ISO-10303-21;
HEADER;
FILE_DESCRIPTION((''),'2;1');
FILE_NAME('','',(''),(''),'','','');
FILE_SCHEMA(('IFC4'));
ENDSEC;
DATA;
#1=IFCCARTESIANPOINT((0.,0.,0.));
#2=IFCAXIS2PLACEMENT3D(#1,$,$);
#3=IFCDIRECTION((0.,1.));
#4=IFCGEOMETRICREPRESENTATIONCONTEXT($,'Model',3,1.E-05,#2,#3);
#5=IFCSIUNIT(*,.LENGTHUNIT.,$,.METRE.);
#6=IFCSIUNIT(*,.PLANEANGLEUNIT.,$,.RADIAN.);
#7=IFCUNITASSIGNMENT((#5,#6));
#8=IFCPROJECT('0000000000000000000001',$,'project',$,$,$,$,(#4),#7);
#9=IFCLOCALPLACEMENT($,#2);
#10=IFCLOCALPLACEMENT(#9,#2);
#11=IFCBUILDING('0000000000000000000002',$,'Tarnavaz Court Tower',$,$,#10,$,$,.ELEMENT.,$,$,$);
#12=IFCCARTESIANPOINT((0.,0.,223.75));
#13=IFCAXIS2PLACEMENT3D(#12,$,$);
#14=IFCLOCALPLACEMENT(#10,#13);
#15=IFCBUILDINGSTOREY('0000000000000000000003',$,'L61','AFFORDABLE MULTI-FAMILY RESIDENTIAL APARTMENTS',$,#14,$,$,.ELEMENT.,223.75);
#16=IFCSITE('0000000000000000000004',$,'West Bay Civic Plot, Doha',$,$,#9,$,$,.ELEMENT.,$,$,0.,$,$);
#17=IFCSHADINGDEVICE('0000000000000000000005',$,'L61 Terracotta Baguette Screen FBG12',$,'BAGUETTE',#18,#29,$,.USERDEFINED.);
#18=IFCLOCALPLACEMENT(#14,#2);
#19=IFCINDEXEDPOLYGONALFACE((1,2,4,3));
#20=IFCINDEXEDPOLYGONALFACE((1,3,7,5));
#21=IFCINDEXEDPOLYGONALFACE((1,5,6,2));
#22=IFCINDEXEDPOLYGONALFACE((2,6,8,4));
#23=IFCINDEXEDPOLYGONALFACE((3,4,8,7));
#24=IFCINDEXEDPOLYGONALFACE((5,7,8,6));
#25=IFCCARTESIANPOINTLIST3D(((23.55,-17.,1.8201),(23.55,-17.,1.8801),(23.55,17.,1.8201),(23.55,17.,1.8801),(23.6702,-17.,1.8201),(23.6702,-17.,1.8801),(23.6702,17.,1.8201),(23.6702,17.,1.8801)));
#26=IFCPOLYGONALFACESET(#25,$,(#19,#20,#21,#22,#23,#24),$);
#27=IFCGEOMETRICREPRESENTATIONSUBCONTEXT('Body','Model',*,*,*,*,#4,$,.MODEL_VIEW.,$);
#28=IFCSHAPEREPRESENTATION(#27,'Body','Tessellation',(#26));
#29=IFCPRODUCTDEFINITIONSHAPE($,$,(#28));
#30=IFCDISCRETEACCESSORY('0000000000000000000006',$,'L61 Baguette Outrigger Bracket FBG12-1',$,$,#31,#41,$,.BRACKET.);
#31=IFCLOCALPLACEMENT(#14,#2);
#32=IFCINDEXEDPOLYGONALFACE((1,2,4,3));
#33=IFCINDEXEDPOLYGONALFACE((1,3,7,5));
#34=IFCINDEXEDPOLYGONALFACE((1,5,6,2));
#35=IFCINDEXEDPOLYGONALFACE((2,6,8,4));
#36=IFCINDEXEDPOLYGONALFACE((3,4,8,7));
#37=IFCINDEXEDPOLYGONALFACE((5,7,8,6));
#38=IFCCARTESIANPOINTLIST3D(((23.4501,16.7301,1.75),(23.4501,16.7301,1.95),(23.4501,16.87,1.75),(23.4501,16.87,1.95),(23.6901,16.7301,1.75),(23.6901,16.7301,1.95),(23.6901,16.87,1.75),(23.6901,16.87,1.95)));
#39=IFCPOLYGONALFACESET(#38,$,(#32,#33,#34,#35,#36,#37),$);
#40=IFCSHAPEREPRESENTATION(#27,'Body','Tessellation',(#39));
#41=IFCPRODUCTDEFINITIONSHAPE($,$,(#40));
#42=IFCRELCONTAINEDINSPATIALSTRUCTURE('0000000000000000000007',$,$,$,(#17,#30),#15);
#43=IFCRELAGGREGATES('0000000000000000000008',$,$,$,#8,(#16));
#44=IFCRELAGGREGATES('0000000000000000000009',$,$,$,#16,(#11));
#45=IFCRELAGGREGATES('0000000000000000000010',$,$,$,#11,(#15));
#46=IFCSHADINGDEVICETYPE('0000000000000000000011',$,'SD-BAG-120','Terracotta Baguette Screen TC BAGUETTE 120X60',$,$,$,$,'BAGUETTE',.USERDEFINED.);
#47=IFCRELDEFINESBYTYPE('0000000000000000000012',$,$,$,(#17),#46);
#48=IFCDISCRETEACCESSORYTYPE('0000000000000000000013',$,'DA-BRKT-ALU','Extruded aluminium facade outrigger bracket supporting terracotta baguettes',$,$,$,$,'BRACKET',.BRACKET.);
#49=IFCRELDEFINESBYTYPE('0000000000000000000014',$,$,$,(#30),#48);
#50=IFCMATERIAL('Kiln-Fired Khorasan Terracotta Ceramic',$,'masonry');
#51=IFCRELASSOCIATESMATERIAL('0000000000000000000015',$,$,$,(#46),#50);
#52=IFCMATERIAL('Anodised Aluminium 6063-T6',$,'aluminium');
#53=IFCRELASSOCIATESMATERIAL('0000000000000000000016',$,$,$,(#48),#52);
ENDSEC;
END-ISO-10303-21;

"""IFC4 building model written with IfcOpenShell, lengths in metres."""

from ifc_helpers import new_model, si_unit, direction, frame, origin, origin_2d, place, context, subcontext, project, spatial, rectangle, extrude, material, material_profile, profile_set, type_object, element, save


model = new_model("IFC4")

# Units and contexts
model_context = context("Model", 3, precision=1e-05, world=origin(), true_north=direction((0.0, 1.0)))
body_context = subcontext(model_context, "Body", "Model", "MODEL_VIEW")
ifc_project = project(units=[si_unit("LENGTHUNIT", "METRE"), si_unit("PLANEANGLEUNIT", "RADIAN")], contexts=[model_context])

# Site, building, storey
site_placement = place(None, origin())
site = spatial("IfcSite", under=ifc_project, at=site_placement, Name="West Bay Civic Plot, Doha", CompositionType="ELEMENT", RefElevation=0.0)
building_placement = place(site_placement, origin())
building = spatial("IfcBuilding", under=site, at=building_placement, Name="Tarnavaz Court Tower", CompositionType="ELEMENT")
storey_placement = place(building_placement, frame((0.0, 0.0, 223.75)))
storey = spatial("IfcBuildingStorey", under=building, at=storey_placement, Name="L61", Description="AFFORDABLE MULTI-FAMILY RESIDENTIAL APARTMENTS", CompositionType="ELEMENT", Elevation=223.75)

# Shading device
ifc_material_1 = material(Name="Kiln-Fired Khorasan Terracotta Ceramic", Category="masonry")
ifc_material_profile_1 = material_profile(ifc_material_1, rectangle(XDim=0.1201, YDim=0.0601, at=origin_2d()), Name="TC BAGUETTE 120X60")
ifc_profile_set_1 = profile_set([ifc_material_profile_1], Name="Kiln-Fired Khorasan Terracotta Ceramic")
shading_device_type = type_object("IfcShadingDeviceType", Name="SD-BAG-120", Description="Terracotta Baguette Screen TC BAGUETTE 120X60", ElementType="BAGUETTE", PredefinedType="USERDEFINED", material=ifc_profile_set_1)
shading_device_placement = place(storey_placement, frame((23.6101, 17.0, 1.8501), z_axis=(0.0, -1.0, 0.0), x_axis=(1.0, 0.0, 0.0)))
element("IfcShadingDevice", 1, at=shading_device_placement, inside=storey, type_object=shading_device_type, Name="L61 Terracotta Baguette Screen FBG12", ObjectType="BAGUETTE", PredefinedType="USERDEFINED", context=body_context, shape_type="SweptSolid", body=[
    extrude(rectangle(XDim=0.1201, YDim=0.0601, at=origin_2d()), origin(), (0.0, 0.0, 1.0), 34.0),
])

# Discrete accessory
ifc_material_2 = material(Name="Anodised Aluminium 6063-T6", Category="aluminium")
discrete_accessory_type = type_object("IfcDiscreteAccessoryType", Name="DA-BRKT-ALU", Description="Extruded aluminium facade outrigger bracket supporting terracotta baguettes", ElementType="BRACKET", PredefinedType="BRACKET", material=ifc_material_2)
discrete_accessory_placement = place(storey_placement, frame((23.5701, 16.8, 1.75), z_axis=(0.0, 0.0, 1.0), x_axis=(0.0, -1.0, 0.0)))
element("IfcDiscreteAccessory", 2, at=discrete_accessory_placement, inside=storey, type_object=discrete_accessory_type, Name="L61 Baguette Outrigger Bracket FBG12-1", PredefinedType="BRACKET", context=body_context, shape_type="SweptSolid", body=[
    extrude(rectangle(XDim=0.1399, YDim=0.24, at=origin_2d()), origin(), (0.0, 0.0, 1.0), 0.2),
])

save(model, "model.ifc")
